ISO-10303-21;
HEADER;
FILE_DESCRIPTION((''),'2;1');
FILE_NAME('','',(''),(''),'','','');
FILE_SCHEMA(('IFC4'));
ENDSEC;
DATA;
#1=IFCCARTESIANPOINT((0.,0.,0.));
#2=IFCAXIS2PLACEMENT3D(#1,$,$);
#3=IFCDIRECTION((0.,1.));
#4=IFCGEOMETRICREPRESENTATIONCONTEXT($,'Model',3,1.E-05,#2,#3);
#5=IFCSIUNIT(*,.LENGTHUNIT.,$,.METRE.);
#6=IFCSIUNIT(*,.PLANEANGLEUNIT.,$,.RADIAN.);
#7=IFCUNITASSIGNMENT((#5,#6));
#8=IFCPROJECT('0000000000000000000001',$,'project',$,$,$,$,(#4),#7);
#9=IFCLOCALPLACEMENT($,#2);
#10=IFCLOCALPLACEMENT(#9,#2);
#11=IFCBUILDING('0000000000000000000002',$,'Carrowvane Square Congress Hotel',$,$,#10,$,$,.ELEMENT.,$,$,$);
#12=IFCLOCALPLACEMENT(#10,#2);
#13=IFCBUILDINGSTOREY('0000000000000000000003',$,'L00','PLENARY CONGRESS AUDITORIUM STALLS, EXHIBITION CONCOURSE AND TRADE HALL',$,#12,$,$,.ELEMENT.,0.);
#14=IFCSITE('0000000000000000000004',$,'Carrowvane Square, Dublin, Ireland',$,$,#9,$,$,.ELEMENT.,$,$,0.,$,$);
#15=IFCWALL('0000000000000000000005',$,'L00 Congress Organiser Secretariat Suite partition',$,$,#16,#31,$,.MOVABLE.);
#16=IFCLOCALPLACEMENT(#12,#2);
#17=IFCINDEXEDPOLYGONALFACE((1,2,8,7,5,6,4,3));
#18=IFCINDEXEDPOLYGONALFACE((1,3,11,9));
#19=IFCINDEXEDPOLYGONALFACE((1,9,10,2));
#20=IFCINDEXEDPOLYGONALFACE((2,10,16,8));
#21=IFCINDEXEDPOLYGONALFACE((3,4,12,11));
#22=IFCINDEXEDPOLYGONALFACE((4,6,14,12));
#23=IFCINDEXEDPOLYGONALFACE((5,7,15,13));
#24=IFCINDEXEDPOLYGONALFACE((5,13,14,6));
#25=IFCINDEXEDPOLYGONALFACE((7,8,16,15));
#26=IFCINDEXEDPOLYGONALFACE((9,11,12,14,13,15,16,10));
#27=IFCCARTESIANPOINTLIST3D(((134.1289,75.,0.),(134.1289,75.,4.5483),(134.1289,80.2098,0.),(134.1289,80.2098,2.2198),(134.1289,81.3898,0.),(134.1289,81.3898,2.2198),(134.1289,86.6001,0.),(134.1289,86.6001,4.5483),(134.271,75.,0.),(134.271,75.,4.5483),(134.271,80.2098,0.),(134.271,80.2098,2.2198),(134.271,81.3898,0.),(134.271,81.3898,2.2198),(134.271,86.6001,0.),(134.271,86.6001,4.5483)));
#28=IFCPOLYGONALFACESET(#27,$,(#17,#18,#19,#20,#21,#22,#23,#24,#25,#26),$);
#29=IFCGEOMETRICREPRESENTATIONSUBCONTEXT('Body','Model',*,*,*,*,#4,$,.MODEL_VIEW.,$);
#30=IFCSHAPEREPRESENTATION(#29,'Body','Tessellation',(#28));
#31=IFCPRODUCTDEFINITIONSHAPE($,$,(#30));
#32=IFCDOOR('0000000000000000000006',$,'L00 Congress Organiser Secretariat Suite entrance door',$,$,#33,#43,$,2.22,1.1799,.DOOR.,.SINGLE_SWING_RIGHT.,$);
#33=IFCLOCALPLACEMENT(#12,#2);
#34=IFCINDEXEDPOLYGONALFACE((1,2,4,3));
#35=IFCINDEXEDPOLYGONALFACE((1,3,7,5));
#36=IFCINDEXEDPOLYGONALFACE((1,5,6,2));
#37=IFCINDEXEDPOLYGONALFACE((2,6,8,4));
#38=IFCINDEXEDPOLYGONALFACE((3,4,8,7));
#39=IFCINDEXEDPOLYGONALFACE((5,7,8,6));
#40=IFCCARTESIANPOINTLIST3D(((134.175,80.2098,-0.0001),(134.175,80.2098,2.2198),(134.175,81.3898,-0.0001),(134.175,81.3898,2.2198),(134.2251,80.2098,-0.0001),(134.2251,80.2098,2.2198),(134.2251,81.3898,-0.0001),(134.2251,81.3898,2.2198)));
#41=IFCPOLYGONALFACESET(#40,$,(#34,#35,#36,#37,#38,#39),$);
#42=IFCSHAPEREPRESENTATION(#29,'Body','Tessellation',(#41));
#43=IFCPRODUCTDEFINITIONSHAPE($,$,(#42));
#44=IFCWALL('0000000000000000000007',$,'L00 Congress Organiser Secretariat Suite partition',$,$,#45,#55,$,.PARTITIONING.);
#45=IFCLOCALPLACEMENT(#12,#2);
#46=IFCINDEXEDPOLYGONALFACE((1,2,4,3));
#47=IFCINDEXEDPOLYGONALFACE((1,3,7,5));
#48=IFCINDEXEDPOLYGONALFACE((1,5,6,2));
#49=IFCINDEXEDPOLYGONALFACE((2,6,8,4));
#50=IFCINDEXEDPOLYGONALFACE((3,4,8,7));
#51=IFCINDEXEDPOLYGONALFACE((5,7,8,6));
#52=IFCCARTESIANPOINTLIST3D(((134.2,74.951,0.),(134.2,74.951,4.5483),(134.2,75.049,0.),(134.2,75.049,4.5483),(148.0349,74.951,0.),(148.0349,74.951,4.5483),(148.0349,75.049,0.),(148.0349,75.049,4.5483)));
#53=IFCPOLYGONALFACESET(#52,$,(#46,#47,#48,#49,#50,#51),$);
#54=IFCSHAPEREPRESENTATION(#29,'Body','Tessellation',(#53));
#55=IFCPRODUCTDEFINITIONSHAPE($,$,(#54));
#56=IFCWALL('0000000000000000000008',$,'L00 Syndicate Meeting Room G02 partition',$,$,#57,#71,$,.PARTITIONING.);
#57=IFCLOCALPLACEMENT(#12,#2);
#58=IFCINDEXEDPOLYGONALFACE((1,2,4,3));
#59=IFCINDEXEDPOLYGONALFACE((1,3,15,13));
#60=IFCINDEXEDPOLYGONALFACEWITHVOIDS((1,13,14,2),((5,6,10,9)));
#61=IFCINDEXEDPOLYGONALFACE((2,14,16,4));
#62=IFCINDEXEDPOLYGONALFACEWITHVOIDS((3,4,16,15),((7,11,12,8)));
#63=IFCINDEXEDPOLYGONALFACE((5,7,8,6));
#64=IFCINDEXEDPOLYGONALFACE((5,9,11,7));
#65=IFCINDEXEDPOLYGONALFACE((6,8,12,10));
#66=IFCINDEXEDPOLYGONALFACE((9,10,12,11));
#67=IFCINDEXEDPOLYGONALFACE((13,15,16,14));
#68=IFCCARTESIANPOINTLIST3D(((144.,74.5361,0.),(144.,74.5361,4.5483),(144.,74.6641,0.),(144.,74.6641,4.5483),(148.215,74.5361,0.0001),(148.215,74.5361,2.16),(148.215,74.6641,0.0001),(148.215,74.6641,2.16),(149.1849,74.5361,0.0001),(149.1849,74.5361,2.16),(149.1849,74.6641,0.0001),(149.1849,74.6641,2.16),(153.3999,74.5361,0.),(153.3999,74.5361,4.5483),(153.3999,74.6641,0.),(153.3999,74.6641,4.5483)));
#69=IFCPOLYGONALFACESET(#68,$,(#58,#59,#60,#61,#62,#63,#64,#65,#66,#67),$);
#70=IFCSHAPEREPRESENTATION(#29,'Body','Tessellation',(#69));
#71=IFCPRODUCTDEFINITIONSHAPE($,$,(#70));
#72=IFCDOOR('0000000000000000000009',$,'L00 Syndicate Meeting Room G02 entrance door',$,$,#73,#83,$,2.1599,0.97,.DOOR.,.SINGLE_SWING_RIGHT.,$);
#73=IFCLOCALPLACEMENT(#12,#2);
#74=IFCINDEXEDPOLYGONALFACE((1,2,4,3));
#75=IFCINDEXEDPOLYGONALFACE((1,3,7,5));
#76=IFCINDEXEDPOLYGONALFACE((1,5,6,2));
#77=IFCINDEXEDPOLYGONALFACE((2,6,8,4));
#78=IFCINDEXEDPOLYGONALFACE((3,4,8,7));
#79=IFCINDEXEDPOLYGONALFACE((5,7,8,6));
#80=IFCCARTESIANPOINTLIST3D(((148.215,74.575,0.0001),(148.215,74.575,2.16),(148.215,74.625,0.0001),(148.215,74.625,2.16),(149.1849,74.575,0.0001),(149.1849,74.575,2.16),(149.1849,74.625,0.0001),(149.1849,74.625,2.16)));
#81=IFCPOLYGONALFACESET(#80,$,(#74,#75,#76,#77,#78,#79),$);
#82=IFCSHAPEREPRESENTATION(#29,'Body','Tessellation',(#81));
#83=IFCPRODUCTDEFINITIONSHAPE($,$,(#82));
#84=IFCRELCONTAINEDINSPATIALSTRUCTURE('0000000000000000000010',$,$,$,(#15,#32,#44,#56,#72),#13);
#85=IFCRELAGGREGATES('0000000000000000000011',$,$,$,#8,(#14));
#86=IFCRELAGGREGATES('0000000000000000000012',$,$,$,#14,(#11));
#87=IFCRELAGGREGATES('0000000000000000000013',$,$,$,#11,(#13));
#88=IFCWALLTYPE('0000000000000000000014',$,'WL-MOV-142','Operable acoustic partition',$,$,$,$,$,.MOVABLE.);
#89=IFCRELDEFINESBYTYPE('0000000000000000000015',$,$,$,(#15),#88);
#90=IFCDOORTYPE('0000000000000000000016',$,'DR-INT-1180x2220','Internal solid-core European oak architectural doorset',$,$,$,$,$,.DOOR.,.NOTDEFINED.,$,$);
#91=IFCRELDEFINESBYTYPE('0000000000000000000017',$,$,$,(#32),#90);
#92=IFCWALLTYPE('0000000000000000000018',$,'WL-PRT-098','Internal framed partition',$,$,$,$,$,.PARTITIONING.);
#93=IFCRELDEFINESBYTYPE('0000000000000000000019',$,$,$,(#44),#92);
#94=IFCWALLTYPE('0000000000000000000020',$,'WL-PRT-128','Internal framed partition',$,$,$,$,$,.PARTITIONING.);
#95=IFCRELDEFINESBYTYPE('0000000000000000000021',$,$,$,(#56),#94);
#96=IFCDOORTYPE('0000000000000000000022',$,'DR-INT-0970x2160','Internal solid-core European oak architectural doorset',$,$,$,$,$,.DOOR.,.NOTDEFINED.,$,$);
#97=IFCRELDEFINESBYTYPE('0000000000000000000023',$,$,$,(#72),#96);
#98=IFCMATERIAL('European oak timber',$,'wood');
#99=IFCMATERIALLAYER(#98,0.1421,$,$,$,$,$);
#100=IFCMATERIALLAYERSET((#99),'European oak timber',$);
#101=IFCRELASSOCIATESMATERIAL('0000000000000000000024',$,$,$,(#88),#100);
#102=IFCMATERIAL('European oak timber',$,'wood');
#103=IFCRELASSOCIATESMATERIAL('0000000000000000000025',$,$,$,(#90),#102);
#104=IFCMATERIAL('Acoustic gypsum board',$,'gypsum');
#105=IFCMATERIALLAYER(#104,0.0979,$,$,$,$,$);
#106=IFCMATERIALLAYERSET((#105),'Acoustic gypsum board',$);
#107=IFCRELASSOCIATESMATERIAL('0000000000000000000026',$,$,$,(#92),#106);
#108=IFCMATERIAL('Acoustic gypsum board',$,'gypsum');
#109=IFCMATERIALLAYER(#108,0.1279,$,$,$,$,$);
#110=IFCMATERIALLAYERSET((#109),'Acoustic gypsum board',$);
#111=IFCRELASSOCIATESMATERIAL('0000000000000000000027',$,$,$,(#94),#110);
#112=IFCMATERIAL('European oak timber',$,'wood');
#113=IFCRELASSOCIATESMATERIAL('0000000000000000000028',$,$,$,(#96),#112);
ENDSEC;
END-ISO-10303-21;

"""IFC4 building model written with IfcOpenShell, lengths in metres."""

from ifc_helpers import new_model, si_unit, direction, frame, frame_2d, origin, place, context, subcontext, project, spatial, rectangle, extrude, material, layer, layer_set, type_object, element, fill, save


model = new_model("IFC4")

# Units and contexts
model_context = context("Model", 3, precision=1e-05, world=origin(), true_north=direction((0.0, 1.0)))
body_context = subcontext(model_context, "Body", "Model", "MODEL_VIEW")
ifc_project = project(units=[si_unit("LENGTHUNIT", "METRE"), si_unit("PLANEANGLEUNIT", "RADIAN")], contexts=[model_context])

# Site, building, storey
site_placement = place(None, origin())
site = spatial("IfcSite", under=ifc_project, at=site_placement, Name="Carrowvane Square, Dublin, Ireland", CompositionType="ELEMENT", RefElevation=0.0)
building_placement = place(site_placement, origin())
building = spatial("IfcBuilding", under=site, at=building_placement, Name="Carrowvane Square Congress Hotel", CompositionType="ELEMENT")
storey_placement = place(building_placement, origin())
storey = spatial("IfcBuildingStorey", under=building, at=storey_placement, Name="L00", Description="PLENARY CONGRESS AUDITORIUM STALLS, EXHIBITION CONCOURSE AND TRADE HALL", CompositionType="ELEMENT", Elevation=0.0)

# Shared definitions
ifc_material_1 = material(Name="European oak timber", Category="wood")
ifc_layer_1 = layer(ifc_material_1, 0.1421)
ifc_layer_set_1 = layer_set([ifc_layer_1], Name="European oak timber")
wall_type_1 = type_object("IfcWallType", Name="WL-MOV-142", Description="Operable acoustic partition", PredefinedType="MOVABLE", material=ifc_layer_set_1)

# Wall, opening, door
wall_1_placement = place(storey_placement, frame((134.2, 75.0, 0.0), z_axis=(0.0, 0.0, 1.0), x_axis=(0.0, 1.0, 0.0)))
wall_1 = element("IfcWall", 1, at=wall_1_placement, inside=storey, type_object=wall_type_1, Name="L00 Congress Organiser Secretariat Suite partition", PredefinedType="MOVABLE", context=body_context, shape_type="SweptSolid", body=[
    extrude(rectangle(XDim=11.6001, YDim=0.1421, at=frame_2d((5.8, 0.0))), origin(), (0.0, 0.0, 1.0), 4.5483),
])
opening_1_placement = place(wall_1_placement, frame((5.21, 0.0, 0.0)))
opening_1 = element("IfcOpeningElement", 2, at=opening_1_placement, cuts=wall_1, PredefinedType="OPENING", context=body_context, shape_type="SweptSolid", body=[
    extrude(rectangle(XDim=1.1799, YDim=2.22, at=frame_2d((0.5898, 1.1099))), frame((0.0, 0.0811, 0.0), z_axis=(0.0, -1.0, 0.0), x_axis=(1.0, 0.0, 0.0)), (0.0, 0.0, 1.0), 0.1621),
])
ifc_material_2 = material(Name="European oak timber", Category="wood")
door_type_1 = type_object("IfcDoorType", Name="DR-INT-1180x2220", Description="Internal solid-core European oak architectural doorset", OperationType="NOTDEFINED", PredefinedType="DOOR", material=ifc_material_2)
door_1_placement = place(opening_1_placement, origin())
door_1 = element("IfcDoor", 3, at=door_1_placement, inside=storey, type_object=door_type_1, Name="L00 Congress Organiser Secretariat Suite entrance door", OperationType="SINGLE_SWING_RIGHT", OverallHeight=2.22, OverallWidth=1.1799, PredefinedType="DOOR", context=body_context, shape_type="SweptSolid", body=[
    extrude(rectangle(XDim=1.1799, YDim=2.22, at=frame_2d((0.5898, 1.1099))), frame((0.0, 0.0249, 0.0), z_axis=(0.0, -1.0, 0.0), x_axis=(1.0, 0.0, 0.0)), (0.0, 0.0, 1.0), 0.05),
])
fill(opening_1, door_1)

# Wall
ifc_material_3 = material(Name="Acoustic gypsum board", Category="gypsum")
ifc_layer_2 = layer(ifc_material_3, 0.0979)
ifc_layer_set_2 = layer_set([ifc_layer_2], Name="Acoustic gypsum board")
wall_type_2 = type_object("IfcWallType", Name="WL-PRT-098", Description="Internal framed partition", PredefinedType="PARTITIONING", material=ifc_layer_set_2)
wall_2_placement = place(storey_placement, frame((148.0349, 75.0, 0.0), z_axis=(0.0, 0.0, 1.0), x_axis=(-1.0, 0.0, 0.0)))
element("IfcWall", 4, at=wall_2_placement, inside=storey, type_object=wall_type_2, Name="L00 Congress Organiser Secretariat Suite partition", PredefinedType="PARTITIONING", context=body_context, shape_type="SweptSolid", body=[
    extrude(rectangle(XDim=13.835, YDim=0.0979, at=frame_2d((6.9175, 0.0))), origin(), (0.0, 0.0, 1.0), 4.5483),
])

# Wall, opening, door
ifc_material_4 = material(Name="Acoustic gypsum board", Category="gypsum")
ifc_layer_3 = layer(ifc_material_4, 0.1279)
ifc_layer_set_3 = layer_set([ifc_layer_3], Name="Acoustic gypsum board")
wall_type_3 = type_object("IfcWallType", Name="WL-PRT-128", Description="Internal framed partition", PredefinedType="PARTITIONING", material=ifc_layer_set_3)
wall_3_placement = place(storey_placement, frame((144.0, 74.6001, 0.0), z_axis=(0.0, 0.0, 1.0), x_axis=(1.0, 0.0, 0.0)))
wall_3 = element("IfcWall", 5, at=wall_3_placement, inside=storey, type_object=wall_type_3, Name="L00 Syndicate Meeting Room G02 partition", PredefinedType="PARTITIONING", context=body_context, shape_type="SweptSolid", body=[
    extrude(rectangle(XDim=9.3999, YDim=0.1279, at=frame_2d((4.7, 0.0))), origin(), (0.0, 0.0, 1.0), 4.5483),
])
opening_2_placement = place(wall_3_placement, frame((4.2151, 0.0, 0.0)))
opening_2 = element("IfcOpeningElement", 6, at=opening_2_placement, cuts=wall_3, PredefinedType="OPENING", context=body_context, shape_type="SweptSolid", body=[
    extrude(rectangle(XDim=0.97, YDim=2.1599, at=frame_2d((0.4849, 1.0801))), frame((0.0, 0.074, 0.0), z_axis=(0.0, -1.0, 0.0), x_axis=(1.0, 0.0, 0.0)), (0.0, 0.0, 1.0), 0.1479),
])
ifc_material_5 = material(Name="European oak timber", Category="wood")
door_type_2 = type_object("IfcDoorType", Name="DR-INT-0970x2160", Description="Internal solid-core European oak architectural doorset", OperationType="NOTDEFINED", PredefinedType="DOOR", material=ifc_material_5)
door_2_placement = place(opening_2_placement, origin())
door_2 = element("IfcDoor", 7, at=door_2_placement, inside=storey, type_object=door_type_2, Name="L00 Syndicate Meeting Room G02 entrance door", OperationType="SINGLE_SWING_RIGHT", OverallHeight=2.1599, OverallWidth=0.97, PredefinedType="DOOR", context=body_context, shape_type="SweptSolid", body=[
    extrude(rectangle(XDim=0.97, YDim=2.1599, at=frame_2d((0.4849, 1.0801))), frame((0.0, 0.0249, 0.0), z_axis=(0.0, -1.0, 0.0), x_axis=(1.0, 0.0, 0.0)), (0.0, 0.0, 1.0), 0.05),
])
fill(opening_2, door_2)

save(model, "model.ifc")
